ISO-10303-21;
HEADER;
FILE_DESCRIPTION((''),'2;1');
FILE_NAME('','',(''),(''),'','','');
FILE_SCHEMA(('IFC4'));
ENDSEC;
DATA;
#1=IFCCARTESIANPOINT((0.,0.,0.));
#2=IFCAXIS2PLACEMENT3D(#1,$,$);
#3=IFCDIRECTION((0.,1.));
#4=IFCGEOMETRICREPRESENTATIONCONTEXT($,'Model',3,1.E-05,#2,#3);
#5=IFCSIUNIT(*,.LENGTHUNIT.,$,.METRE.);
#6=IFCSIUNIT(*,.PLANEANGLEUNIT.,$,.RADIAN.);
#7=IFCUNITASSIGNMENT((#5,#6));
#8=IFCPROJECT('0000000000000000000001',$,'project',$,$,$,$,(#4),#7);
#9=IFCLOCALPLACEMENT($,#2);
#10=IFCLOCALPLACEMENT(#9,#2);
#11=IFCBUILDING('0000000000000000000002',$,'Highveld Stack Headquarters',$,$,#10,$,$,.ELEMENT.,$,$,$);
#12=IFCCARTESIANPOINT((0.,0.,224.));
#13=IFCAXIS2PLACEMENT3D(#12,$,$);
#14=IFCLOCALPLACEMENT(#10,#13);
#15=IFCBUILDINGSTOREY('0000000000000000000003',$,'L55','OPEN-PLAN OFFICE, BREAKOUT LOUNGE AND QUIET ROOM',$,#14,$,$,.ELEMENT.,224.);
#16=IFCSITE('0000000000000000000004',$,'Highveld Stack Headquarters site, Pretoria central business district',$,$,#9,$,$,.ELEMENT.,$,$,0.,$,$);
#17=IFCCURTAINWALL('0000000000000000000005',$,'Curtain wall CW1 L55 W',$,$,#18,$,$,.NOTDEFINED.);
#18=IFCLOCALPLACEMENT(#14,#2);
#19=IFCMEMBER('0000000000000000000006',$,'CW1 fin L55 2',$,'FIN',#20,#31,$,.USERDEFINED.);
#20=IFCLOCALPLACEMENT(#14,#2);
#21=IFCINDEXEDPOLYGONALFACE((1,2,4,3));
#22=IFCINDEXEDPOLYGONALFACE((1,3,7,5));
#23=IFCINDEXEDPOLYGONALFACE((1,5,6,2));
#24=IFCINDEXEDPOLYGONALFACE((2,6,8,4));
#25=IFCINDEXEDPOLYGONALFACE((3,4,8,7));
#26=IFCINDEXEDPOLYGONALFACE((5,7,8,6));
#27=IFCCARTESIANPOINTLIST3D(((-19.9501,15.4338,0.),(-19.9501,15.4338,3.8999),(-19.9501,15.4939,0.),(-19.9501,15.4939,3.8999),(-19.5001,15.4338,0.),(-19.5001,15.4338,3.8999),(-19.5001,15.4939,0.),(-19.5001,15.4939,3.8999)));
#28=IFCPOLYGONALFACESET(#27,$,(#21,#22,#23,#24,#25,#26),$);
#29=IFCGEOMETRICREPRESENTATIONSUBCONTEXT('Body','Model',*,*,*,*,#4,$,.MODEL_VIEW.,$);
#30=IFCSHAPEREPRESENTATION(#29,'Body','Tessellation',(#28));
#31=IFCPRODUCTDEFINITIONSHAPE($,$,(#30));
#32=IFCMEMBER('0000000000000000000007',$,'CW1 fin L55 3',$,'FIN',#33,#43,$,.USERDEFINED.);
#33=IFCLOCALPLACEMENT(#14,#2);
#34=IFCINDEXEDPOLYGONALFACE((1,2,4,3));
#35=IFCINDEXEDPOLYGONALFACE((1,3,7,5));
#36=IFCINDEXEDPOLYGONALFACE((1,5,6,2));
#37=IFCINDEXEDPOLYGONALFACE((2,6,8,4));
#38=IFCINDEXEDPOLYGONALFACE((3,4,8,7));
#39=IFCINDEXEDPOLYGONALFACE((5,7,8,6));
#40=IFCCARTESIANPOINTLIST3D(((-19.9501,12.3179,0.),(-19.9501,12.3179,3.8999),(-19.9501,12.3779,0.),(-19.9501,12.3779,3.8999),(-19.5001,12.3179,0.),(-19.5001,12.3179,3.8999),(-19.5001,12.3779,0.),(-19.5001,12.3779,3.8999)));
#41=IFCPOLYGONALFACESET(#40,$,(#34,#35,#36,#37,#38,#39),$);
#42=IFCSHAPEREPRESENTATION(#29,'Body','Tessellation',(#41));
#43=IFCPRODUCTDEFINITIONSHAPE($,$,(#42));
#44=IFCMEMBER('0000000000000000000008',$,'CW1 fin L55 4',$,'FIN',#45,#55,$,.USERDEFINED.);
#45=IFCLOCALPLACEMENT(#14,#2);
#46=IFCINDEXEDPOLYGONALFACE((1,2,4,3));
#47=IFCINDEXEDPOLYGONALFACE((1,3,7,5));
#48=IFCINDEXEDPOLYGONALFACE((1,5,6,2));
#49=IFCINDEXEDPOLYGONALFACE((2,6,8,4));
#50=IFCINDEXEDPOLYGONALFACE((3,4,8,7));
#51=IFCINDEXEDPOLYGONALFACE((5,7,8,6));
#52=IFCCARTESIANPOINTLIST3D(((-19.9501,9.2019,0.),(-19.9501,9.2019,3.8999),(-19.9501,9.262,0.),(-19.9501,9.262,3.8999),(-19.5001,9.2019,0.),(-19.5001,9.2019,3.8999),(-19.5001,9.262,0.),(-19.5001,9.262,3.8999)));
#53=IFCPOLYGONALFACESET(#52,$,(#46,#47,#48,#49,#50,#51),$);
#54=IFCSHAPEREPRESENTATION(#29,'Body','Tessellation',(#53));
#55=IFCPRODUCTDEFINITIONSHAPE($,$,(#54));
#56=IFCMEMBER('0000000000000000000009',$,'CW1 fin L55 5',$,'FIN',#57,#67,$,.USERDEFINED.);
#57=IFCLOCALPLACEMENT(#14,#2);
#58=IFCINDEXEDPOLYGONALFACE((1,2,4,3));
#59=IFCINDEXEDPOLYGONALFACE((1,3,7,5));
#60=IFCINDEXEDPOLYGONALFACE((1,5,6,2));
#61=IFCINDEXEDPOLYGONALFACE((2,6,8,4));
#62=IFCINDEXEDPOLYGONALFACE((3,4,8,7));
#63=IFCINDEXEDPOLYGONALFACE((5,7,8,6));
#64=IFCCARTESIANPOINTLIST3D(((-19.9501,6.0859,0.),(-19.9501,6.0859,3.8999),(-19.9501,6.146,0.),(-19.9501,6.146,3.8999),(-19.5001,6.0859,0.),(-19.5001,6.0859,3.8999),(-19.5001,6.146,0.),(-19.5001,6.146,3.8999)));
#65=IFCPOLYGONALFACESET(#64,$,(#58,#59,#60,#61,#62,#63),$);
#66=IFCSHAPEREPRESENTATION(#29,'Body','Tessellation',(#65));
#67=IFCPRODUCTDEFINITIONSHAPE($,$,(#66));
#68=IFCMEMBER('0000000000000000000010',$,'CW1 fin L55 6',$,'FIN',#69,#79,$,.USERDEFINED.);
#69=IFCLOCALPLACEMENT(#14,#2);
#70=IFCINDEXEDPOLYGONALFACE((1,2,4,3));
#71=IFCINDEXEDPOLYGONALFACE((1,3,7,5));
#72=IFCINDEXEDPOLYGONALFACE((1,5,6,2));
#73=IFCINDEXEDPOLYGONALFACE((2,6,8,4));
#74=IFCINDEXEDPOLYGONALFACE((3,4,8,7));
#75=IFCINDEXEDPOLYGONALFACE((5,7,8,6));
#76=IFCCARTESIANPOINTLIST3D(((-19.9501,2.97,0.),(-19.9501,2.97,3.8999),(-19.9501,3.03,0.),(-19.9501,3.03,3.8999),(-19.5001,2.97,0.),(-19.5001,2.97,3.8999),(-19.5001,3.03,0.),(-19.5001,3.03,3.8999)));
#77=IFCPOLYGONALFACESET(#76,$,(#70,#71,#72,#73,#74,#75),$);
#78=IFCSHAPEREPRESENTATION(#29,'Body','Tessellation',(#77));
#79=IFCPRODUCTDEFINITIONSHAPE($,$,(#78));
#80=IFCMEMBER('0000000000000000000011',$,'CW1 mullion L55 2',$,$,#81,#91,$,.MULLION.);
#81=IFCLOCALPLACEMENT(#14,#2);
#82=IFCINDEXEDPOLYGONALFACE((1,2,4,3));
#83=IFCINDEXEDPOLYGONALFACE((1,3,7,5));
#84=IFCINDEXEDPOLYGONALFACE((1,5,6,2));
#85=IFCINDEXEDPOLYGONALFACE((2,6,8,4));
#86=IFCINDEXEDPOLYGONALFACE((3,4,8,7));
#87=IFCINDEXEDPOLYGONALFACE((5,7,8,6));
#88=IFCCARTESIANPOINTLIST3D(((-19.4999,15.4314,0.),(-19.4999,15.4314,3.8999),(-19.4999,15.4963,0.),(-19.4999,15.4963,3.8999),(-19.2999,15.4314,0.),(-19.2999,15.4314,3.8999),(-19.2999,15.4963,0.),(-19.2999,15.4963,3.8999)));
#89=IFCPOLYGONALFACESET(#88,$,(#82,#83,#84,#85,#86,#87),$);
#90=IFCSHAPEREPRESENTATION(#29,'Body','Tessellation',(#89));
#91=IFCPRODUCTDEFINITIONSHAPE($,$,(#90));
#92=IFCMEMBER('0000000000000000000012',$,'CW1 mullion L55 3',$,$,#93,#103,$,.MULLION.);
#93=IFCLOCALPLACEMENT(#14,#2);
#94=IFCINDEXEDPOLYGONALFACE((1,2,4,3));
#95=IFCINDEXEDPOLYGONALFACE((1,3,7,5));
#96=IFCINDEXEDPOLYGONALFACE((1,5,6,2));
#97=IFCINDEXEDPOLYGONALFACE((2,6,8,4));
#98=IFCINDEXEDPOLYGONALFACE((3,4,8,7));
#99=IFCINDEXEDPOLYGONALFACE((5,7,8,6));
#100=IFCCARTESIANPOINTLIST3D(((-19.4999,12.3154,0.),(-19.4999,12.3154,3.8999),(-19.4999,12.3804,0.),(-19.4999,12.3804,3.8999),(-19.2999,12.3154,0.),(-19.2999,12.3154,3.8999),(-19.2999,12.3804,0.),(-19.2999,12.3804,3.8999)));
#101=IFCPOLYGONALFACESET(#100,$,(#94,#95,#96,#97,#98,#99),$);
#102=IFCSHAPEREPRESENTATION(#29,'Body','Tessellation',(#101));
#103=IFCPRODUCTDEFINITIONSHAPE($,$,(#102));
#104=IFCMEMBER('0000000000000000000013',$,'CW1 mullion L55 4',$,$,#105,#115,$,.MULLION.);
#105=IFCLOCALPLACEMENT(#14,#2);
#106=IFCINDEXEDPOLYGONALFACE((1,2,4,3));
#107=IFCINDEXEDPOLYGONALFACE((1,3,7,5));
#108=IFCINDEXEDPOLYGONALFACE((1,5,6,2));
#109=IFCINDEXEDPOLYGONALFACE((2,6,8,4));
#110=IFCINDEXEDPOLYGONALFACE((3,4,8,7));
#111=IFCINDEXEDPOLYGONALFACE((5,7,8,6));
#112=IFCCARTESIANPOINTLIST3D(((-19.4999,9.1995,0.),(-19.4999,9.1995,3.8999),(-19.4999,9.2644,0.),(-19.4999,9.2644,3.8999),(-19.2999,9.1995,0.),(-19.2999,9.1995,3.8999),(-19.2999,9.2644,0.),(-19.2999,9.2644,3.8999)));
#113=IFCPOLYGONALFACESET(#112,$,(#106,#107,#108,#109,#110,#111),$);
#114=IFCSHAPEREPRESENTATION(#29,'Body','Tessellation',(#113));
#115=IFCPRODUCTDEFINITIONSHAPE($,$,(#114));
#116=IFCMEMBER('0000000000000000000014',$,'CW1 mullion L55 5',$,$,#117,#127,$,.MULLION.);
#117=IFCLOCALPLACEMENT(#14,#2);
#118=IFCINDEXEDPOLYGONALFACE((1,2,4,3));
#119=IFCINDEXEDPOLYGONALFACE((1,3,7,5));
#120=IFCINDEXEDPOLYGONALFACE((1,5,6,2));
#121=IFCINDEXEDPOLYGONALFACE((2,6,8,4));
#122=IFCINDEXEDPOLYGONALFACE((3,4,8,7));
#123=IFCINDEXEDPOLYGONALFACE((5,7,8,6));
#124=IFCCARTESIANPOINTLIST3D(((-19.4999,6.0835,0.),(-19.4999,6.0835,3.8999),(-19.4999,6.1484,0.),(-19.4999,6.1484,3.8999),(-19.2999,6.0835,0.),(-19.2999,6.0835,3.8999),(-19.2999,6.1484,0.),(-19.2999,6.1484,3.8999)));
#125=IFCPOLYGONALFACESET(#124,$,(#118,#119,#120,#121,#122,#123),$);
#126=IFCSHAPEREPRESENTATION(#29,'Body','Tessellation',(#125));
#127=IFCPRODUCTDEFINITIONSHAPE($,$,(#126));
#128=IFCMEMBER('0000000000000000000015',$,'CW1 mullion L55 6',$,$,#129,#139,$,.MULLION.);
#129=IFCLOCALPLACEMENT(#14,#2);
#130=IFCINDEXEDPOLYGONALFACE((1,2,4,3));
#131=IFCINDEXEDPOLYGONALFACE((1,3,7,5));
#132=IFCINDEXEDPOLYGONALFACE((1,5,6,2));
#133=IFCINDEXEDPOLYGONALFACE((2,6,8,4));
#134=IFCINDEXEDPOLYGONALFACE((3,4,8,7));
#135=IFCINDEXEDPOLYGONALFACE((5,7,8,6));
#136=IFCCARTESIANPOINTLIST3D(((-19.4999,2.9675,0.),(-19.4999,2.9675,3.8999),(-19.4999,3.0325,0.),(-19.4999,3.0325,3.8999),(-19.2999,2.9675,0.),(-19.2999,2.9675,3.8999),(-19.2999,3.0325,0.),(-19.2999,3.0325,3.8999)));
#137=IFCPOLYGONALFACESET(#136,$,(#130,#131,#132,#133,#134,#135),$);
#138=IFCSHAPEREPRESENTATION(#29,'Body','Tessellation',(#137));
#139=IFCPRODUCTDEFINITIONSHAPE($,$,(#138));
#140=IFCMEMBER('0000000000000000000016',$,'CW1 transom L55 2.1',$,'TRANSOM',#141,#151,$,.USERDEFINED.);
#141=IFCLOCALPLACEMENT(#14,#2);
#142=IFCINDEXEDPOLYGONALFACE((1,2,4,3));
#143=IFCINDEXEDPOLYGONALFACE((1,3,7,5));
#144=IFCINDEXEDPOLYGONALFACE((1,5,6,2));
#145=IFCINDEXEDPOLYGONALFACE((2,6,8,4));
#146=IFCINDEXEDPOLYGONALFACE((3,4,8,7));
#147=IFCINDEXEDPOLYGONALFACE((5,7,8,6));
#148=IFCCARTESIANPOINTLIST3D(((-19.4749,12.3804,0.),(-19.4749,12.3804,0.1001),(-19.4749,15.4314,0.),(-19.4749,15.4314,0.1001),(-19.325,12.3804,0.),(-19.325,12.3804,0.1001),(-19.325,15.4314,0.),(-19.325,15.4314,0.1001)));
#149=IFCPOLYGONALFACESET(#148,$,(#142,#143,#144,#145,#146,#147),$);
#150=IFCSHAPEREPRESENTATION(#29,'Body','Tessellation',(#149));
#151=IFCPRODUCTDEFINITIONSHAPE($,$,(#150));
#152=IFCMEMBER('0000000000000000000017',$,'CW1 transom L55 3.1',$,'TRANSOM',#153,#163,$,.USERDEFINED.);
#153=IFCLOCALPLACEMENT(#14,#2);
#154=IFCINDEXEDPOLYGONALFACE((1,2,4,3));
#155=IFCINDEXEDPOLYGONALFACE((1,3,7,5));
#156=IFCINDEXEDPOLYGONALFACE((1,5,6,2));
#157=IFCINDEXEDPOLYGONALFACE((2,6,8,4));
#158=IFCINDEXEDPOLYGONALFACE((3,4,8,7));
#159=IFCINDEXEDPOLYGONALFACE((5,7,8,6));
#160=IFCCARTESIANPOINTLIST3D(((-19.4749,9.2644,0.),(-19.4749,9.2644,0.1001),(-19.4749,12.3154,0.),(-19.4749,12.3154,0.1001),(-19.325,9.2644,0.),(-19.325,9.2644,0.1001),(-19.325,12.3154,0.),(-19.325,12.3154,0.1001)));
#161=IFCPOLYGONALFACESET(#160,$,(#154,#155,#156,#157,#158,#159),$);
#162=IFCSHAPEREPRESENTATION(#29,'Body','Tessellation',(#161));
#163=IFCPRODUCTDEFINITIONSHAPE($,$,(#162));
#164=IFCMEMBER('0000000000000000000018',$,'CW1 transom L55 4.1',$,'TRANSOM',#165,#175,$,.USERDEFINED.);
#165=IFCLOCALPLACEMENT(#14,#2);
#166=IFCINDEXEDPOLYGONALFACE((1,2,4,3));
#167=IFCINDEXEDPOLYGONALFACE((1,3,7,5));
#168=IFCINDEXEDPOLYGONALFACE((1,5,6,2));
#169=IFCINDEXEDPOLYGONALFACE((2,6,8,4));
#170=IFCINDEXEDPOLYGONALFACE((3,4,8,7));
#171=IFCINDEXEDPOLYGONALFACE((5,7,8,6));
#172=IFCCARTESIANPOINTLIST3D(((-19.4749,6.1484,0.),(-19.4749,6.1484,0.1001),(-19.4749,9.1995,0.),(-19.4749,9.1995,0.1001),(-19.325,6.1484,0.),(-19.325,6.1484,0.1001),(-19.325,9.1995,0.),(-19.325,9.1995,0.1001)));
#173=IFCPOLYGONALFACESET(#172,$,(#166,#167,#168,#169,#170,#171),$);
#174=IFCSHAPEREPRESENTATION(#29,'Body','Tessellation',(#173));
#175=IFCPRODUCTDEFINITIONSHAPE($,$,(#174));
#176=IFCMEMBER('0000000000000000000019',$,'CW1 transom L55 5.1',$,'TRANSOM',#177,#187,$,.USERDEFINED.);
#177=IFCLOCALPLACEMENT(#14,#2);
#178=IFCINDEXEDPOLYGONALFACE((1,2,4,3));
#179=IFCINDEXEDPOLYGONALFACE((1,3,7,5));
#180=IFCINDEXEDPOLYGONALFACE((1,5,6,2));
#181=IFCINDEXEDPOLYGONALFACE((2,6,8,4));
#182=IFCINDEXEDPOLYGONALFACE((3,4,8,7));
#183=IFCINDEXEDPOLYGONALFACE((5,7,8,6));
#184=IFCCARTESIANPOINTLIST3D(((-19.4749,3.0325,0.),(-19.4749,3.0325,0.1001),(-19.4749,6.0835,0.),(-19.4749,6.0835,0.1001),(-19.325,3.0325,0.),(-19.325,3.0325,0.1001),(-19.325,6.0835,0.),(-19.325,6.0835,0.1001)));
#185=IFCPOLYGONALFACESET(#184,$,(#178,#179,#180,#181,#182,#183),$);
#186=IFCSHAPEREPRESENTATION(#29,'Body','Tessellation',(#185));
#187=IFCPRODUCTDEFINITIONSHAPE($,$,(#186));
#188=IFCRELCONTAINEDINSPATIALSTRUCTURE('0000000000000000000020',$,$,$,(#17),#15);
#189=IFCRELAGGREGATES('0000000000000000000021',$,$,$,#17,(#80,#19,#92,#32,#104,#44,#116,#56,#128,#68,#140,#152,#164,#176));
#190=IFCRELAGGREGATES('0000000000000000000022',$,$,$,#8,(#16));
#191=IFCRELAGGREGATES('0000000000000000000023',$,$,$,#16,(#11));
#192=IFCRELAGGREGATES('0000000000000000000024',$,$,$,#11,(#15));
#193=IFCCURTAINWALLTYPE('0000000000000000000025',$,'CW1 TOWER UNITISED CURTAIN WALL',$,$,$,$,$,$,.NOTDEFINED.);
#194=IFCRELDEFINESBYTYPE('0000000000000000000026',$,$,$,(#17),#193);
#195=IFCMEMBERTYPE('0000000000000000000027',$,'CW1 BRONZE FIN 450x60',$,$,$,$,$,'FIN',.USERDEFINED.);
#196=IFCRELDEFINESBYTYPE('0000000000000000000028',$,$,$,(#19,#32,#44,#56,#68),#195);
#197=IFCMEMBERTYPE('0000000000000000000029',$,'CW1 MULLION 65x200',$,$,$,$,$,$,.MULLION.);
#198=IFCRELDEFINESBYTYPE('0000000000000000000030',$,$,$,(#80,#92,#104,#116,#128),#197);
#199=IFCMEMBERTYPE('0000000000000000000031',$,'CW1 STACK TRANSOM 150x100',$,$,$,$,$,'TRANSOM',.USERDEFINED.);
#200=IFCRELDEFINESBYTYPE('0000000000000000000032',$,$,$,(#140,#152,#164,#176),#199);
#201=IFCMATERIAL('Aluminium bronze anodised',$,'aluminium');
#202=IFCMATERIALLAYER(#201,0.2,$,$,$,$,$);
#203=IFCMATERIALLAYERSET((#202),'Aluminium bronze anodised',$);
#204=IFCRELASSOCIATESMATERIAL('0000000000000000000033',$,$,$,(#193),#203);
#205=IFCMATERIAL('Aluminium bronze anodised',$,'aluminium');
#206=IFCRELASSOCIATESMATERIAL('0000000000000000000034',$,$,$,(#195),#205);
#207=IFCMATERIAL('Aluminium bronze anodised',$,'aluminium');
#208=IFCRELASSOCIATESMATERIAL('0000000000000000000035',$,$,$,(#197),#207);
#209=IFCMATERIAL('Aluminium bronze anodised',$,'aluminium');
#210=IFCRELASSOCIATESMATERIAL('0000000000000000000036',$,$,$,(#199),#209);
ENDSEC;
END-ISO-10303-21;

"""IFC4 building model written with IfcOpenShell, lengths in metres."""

from ifc_helpers import new_model, si_unit, direction, frame, origin, origin_2d, place, context, subcontext, project, spatial, rectangle, extrude, material, layer, layer_set, material_profile, profile_set, type_object, element, aggregate, save


model = new_model("IFC4")

# Units and contexts
model_context = context("Model", 3, precision=1e-05, world=origin(), true_north=direction((0.0, 1.0)))
body_context = subcontext(model_context, "Body", "Model", "MODEL_VIEW")
ifc_project = project(units=[si_unit("LENGTHUNIT", "METRE"), si_unit("PLANEANGLEUNIT", "RADIAN")], contexts=[model_context])

# Site, building, storey
site_placement = place(None, origin())
site = spatial("IfcSite", under=ifc_project, at=site_placement, Name="Highveld Stack Headquarters site, Pretoria central business district", CompositionType="ELEMENT", RefElevation=0.0)
building_placement = place(site_placement, origin())
building = spatial("IfcBuilding", under=site, at=building_placement, Name="Highveld Stack Headquarters", CompositionType="ELEMENT")
storey_placement = place(building_placement, frame((0.0, 0.0, 224.0)))
storey = spatial("IfcBuildingStorey", under=building, at=storey_placement, Name="L55", Description="OPEN-PLAN OFFICE, BREAKOUT LOUNGE AND QUIET ROOM", CompositionType="ELEMENT", Elevation=224.0)

# Curtain wall, members
ifc_material_1 = material(Name="Aluminium bronze anodised", Category="aluminium")
ifc_layer_1 = layer(ifc_material_1, 0.2)
ifc_layer_set_1 = layer_set([ifc_layer_1], Name="Aluminium bronze anodised")
curtain_wall_type = type_object("IfcCurtainWallType", Name="CW1 TOWER UNITISED CURTAIN WALL", PredefinedType="NOTDEFINED", material=ifc_layer_set_1)
curtain_wall_placement = place(storey_placement, origin())
curtain_wall = element("IfcCurtainWall", 1, at=curtain_wall_placement, inside=storey, type_object=curtain_wall_type, Name="Curtain wall CW1 L55 W", PredefinedType="NOTDEFINED")
ifc_material_2 = material(Name="Aluminium bronze anodised", Category="aluminium")
ifc_material_profile_1 = material_profile(ifc_material_2, rectangle(XDim=0.45, YDim=0.0601, at=origin_2d()), Name="FIN 450x60")
ifc_profile_set_1 = profile_set([ifc_material_profile_1], Name="Aluminium bronze anodised")
member_type_1 = type_object("IfcMemberType", Name="CW1 BRONZE FIN 450x60", ElementType="FIN", PredefinedType="USERDEFINED", material=ifc_profile_set_1)
member_1_placement = place(storey_placement, frame((-19.7251, 15.4639, 0.0), z_axis=(0.0, 0.0, 1.0), x_axis=(1.0, 0.0, 0.0)))
member_1 = element("IfcMember", 2, at=member_1_placement, type_object=member_type_1, Name="CW1 fin L55 2", ObjectType="FIN", PredefinedType="USERDEFINED", context=body_context, shape_type="SweptSolid", body=[
    extrude(rectangle(XDim=0.45, YDim=0.0601, at=origin_2d()), origin(), (0.0, 0.0, 1.0), 3.8999),
])
member_2_placement = place(storey_placement, frame((-19.7251, 12.3479, 0.0), z_axis=(0.0, 0.0, 1.0), x_axis=(1.0, 0.0, 0.0)))
member_2 = element("IfcMember", 3, at=member_2_placement, type_object=member_type_1, Name="CW1 fin L55 3", ObjectType="FIN", PredefinedType="USERDEFINED", context=body_context, shape_type="SweptSolid", body=[
    extrude(rectangle(XDim=0.45, YDim=0.0601, at=origin_2d()), origin(), (0.0, 0.0, 1.0), 3.8999),
])
member_3_placement = place(storey_placement, frame((-19.7251, 9.2319, 0.0), z_axis=(0.0, 0.0, 1.0), x_axis=(1.0, 0.0, 0.0)))
member_3 = element("IfcMember", 4, at=member_3_placement, type_object=member_type_1, Name="CW1 fin L55 4", ObjectType="FIN", PredefinedType="USERDEFINED", context=body_context, shape_type="SweptSolid", body=[
    extrude(rectangle(XDim=0.45, YDim=0.0601, at=origin_2d()), origin(), (0.0, 0.0, 1.0), 3.8999),
])
member_4_placement = place(storey_placement, frame((-19.7251, 6.116, 0.0), z_axis=(0.0, 0.0, 1.0), x_axis=(1.0, 0.0, 0.0)))
member_4 = element("IfcMember", 5, at=member_4_placement, type_object=member_type_1, Name="CW1 fin L55 5", ObjectType="FIN", PredefinedType="USERDEFINED", context=body_context, shape_type="SweptSolid", body=[
    extrude(rectangle(XDim=0.45, YDim=0.0601, at=origin_2d()), origin(), (0.0, 0.0, 1.0), 3.8999),
])
member_5_placement = place(storey_placement, frame((-19.7251, 3.0, 0.0), z_axis=(0.0, 0.0, 1.0), x_axis=(1.0, 0.0, 0.0)))
member_5 = element("IfcMember", 6, at=member_5_placement, type_object=member_type_1, Name="CW1 fin L55 6", ObjectType="FIN", PredefinedType="USERDEFINED", context=body_context, shape_type="SweptSolid", body=[
    extrude(rectangle(XDim=0.45, YDim=0.0601, at=origin_2d()), origin(), (0.0, 0.0, 1.0), 3.8999),
])
ifc_material_3 = material(Name="Aluminium bronze anodised", Category="aluminium")
ifc_material_profile_2 = material_profile(ifc_material_3, rectangle(XDim=0.2, YDim=0.0649, at=origin_2d()), Name="CW1 MULLION 65x200")
ifc_profile_set_2 = profile_set([ifc_material_profile_2], Name="Aluminium bronze anodised")
member_type_2 = type_object("IfcMemberType", Name="CW1 MULLION 65x200", PredefinedType="MULLION", material=ifc_profile_set_2)
member_6_placement = place(storey_placement, frame((-19.3999, 15.4639, 0.0), z_axis=(0.0, 0.0, 1.0), x_axis=(1.0, 0.0, 0.0)))
member_6 = element("IfcMember", 7, at=member_6_placement, type_object=member_type_2, Name="CW1 mullion L55 2", PredefinedType="MULLION", context=body_context, shape_type="SweptSolid", body=[
    extrude(rectangle(XDim=0.2, YDim=0.0649, at=origin_2d()), origin(), (0.0, 0.0, 1.0), 3.8999),
])
member_7_placement = place(storey_placement, frame((-19.3999, 12.3479, 0.0), z_axis=(0.0, 0.0, 1.0), x_axis=(1.0, 0.0, 0.0)))
member_7 = element("IfcMember", 8, at=member_7_placement, type_object=member_type_2, Name="CW1 mullion L55 3", PredefinedType="MULLION", context=body_context, shape_type="SweptSolid", body=[
    extrude(rectangle(XDim=0.2, YDim=0.0649, at=origin_2d()), origin(), (0.0, 0.0, 1.0), 3.8999),
])
member_8_placement = place(storey_placement, frame((-19.3999, 9.2319, 0.0), z_axis=(0.0, 0.0, 1.0), x_axis=(1.0, 0.0, 0.0)))
member_8 = element("IfcMember", 9, at=member_8_placement, type_object=member_type_2, Name="CW1 mullion L55 4", PredefinedType="MULLION", context=body_context, shape_type="SweptSolid", body=[
    extrude(rectangle(XDim=0.2, YDim=0.0649, at=origin_2d()), origin(), (0.0, 0.0, 1.0), 3.8999),
])
member_9_placement = place(storey_placement, frame((-19.3999, 6.116, 0.0), z_axis=(0.0, 0.0, 1.0), x_axis=(1.0, 0.0, 0.0)))
member_9 = element("IfcMember", 10, at=member_9_placement, type_object=member_type_2, Name="CW1 mullion L55 5", PredefinedType="MULLION", context=body_context, shape_type="SweptSolid", body=[
    extrude(rectangle(XDim=0.2, YDim=0.0649, at=origin_2d()), origin(), (0.0, 0.0, 1.0), 3.8999),
])
member_10_placement = place(storey_placement, frame((-19.3999, 3.0, 0.0), z_axis=(0.0, 0.0, 1.0), x_axis=(1.0, 0.0, 0.0)))
member_10 = element("IfcMember", 11, at=member_10_placement, type_object=member_type_2, Name="CW1 mullion L55 6", PredefinedType="MULLION", context=body_context, shape_type="SweptSolid", body=[
    extrude(rectangle(XDim=0.2, YDim=0.0649, at=origin_2d()), origin(), (0.0, 0.0, 1.0), 3.8999),
])
ifc_material_4 = material(Name="Aluminium bronze anodised", Category="aluminium")
ifc_material_profile_3 = material_profile(ifc_material_4, rectangle(XDim=0.1499, YDim=0.1001, at=origin_2d()), Name="CW1 TRANSOM 150x100")
ifc_profile_set_3 = profile_set([ifc_material_profile_3], Name="Aluminium bronze anodised")
member_type_3 = type_object("IfcMemberType", Name="CW1 STACK TRANSOM 150x100", ElementType="TRANSOM", PredefinedType="USERDEFINED", material=ifc_profile_set_3)
member_11_placement = place(storey_placement, frame((-19.3999, 15.4314, 0.05), z_axis=(0.0, -1.0, 0.0), x_axis=(1.0, 0.0, 0.0)))
member_11 = element("IfcMember", 12, at=member_11_placement, type_object=member_type_3, Name="CW1 transom L55 2.1", ObjectType="TRANSOM", PredefinedType="USERDEFINED", context=body_context, shape_type="SweptSolid", body=[
    extrude(rectangle(XDim=0.1499, YDim=0.1001, at=origin_2d()), origin(), (0.0, 0.0, 1.0), 3.051),
])
member_12_placement = place(storey_placement, frame((-19.3999, 12.3154, 0.05), z_axis=(0.0, -1.0, 0.0), x_axis=(1.0, 0.0, 0.0)))
member_12 = element("IfcMember", 13, at=member_12_placement, type_object=member_type_3, Name="CW1 transom L55 3.1", ObjectType="TRANSOM", PredefinedType="USERDEFINED", context=body_context, shape_type="SweptSolid", body=[
    extrude(rectangle(XDim=0.1499, YDim=0.1001, at=origin_2d()), origin(), (0.0, 0.0, 1.0), 3.051),
])
member_13_placement = place(storey_placement, frame((-19.3999, 9.1995, 0.05), z_axis=(0.0, -1.0, 0.0), x_axis=(1.0, 0.0, 0.0)))
member_13 = element("IfcMember", 14, at=member_13_placement, type_object=member_type_3, Name="CW1 transom L55 4.1", ObjectType="TRANSOM", PredefinedType="USERDEFINED", context=body_context, shape_type="SweptSolid", body=[
    extrude(rectangle(XDim=0.1499, YDim=0.1001, at=origin_2d()), origin(), (0.0, 0.0, 1.0), 3.051),
])
member_14_placement = place(storey_placement, frame((-19.3999, 6.0835, 0.05), z_axis=(0.0, -1.0, 0.0), x_axis=(1.0, 0.0, 0.0)))
member_14 = element("IfcMember", 15, at=member_14_placement, type_object=member_type_3, Name="CW1 transom L55 5.1", ObjectType="TRANSOM", PredefinedType="USERDEFINED", context=body_context, shape_type="SweptSolid", body=[
    extrude(rectangle(XDim=0.1499, YDim=0.1001, at=origin_2d()), origin(), (0.0, 0.0, 1.0), 3.051),
])
aggregate(curtain_wall, [member_6, member_1, member_7, member_2, member_8, member_3, member_9, member_4, member_10, member_5, member_11, member_12, member_13, member_14])

save(model, "model.ifc")
